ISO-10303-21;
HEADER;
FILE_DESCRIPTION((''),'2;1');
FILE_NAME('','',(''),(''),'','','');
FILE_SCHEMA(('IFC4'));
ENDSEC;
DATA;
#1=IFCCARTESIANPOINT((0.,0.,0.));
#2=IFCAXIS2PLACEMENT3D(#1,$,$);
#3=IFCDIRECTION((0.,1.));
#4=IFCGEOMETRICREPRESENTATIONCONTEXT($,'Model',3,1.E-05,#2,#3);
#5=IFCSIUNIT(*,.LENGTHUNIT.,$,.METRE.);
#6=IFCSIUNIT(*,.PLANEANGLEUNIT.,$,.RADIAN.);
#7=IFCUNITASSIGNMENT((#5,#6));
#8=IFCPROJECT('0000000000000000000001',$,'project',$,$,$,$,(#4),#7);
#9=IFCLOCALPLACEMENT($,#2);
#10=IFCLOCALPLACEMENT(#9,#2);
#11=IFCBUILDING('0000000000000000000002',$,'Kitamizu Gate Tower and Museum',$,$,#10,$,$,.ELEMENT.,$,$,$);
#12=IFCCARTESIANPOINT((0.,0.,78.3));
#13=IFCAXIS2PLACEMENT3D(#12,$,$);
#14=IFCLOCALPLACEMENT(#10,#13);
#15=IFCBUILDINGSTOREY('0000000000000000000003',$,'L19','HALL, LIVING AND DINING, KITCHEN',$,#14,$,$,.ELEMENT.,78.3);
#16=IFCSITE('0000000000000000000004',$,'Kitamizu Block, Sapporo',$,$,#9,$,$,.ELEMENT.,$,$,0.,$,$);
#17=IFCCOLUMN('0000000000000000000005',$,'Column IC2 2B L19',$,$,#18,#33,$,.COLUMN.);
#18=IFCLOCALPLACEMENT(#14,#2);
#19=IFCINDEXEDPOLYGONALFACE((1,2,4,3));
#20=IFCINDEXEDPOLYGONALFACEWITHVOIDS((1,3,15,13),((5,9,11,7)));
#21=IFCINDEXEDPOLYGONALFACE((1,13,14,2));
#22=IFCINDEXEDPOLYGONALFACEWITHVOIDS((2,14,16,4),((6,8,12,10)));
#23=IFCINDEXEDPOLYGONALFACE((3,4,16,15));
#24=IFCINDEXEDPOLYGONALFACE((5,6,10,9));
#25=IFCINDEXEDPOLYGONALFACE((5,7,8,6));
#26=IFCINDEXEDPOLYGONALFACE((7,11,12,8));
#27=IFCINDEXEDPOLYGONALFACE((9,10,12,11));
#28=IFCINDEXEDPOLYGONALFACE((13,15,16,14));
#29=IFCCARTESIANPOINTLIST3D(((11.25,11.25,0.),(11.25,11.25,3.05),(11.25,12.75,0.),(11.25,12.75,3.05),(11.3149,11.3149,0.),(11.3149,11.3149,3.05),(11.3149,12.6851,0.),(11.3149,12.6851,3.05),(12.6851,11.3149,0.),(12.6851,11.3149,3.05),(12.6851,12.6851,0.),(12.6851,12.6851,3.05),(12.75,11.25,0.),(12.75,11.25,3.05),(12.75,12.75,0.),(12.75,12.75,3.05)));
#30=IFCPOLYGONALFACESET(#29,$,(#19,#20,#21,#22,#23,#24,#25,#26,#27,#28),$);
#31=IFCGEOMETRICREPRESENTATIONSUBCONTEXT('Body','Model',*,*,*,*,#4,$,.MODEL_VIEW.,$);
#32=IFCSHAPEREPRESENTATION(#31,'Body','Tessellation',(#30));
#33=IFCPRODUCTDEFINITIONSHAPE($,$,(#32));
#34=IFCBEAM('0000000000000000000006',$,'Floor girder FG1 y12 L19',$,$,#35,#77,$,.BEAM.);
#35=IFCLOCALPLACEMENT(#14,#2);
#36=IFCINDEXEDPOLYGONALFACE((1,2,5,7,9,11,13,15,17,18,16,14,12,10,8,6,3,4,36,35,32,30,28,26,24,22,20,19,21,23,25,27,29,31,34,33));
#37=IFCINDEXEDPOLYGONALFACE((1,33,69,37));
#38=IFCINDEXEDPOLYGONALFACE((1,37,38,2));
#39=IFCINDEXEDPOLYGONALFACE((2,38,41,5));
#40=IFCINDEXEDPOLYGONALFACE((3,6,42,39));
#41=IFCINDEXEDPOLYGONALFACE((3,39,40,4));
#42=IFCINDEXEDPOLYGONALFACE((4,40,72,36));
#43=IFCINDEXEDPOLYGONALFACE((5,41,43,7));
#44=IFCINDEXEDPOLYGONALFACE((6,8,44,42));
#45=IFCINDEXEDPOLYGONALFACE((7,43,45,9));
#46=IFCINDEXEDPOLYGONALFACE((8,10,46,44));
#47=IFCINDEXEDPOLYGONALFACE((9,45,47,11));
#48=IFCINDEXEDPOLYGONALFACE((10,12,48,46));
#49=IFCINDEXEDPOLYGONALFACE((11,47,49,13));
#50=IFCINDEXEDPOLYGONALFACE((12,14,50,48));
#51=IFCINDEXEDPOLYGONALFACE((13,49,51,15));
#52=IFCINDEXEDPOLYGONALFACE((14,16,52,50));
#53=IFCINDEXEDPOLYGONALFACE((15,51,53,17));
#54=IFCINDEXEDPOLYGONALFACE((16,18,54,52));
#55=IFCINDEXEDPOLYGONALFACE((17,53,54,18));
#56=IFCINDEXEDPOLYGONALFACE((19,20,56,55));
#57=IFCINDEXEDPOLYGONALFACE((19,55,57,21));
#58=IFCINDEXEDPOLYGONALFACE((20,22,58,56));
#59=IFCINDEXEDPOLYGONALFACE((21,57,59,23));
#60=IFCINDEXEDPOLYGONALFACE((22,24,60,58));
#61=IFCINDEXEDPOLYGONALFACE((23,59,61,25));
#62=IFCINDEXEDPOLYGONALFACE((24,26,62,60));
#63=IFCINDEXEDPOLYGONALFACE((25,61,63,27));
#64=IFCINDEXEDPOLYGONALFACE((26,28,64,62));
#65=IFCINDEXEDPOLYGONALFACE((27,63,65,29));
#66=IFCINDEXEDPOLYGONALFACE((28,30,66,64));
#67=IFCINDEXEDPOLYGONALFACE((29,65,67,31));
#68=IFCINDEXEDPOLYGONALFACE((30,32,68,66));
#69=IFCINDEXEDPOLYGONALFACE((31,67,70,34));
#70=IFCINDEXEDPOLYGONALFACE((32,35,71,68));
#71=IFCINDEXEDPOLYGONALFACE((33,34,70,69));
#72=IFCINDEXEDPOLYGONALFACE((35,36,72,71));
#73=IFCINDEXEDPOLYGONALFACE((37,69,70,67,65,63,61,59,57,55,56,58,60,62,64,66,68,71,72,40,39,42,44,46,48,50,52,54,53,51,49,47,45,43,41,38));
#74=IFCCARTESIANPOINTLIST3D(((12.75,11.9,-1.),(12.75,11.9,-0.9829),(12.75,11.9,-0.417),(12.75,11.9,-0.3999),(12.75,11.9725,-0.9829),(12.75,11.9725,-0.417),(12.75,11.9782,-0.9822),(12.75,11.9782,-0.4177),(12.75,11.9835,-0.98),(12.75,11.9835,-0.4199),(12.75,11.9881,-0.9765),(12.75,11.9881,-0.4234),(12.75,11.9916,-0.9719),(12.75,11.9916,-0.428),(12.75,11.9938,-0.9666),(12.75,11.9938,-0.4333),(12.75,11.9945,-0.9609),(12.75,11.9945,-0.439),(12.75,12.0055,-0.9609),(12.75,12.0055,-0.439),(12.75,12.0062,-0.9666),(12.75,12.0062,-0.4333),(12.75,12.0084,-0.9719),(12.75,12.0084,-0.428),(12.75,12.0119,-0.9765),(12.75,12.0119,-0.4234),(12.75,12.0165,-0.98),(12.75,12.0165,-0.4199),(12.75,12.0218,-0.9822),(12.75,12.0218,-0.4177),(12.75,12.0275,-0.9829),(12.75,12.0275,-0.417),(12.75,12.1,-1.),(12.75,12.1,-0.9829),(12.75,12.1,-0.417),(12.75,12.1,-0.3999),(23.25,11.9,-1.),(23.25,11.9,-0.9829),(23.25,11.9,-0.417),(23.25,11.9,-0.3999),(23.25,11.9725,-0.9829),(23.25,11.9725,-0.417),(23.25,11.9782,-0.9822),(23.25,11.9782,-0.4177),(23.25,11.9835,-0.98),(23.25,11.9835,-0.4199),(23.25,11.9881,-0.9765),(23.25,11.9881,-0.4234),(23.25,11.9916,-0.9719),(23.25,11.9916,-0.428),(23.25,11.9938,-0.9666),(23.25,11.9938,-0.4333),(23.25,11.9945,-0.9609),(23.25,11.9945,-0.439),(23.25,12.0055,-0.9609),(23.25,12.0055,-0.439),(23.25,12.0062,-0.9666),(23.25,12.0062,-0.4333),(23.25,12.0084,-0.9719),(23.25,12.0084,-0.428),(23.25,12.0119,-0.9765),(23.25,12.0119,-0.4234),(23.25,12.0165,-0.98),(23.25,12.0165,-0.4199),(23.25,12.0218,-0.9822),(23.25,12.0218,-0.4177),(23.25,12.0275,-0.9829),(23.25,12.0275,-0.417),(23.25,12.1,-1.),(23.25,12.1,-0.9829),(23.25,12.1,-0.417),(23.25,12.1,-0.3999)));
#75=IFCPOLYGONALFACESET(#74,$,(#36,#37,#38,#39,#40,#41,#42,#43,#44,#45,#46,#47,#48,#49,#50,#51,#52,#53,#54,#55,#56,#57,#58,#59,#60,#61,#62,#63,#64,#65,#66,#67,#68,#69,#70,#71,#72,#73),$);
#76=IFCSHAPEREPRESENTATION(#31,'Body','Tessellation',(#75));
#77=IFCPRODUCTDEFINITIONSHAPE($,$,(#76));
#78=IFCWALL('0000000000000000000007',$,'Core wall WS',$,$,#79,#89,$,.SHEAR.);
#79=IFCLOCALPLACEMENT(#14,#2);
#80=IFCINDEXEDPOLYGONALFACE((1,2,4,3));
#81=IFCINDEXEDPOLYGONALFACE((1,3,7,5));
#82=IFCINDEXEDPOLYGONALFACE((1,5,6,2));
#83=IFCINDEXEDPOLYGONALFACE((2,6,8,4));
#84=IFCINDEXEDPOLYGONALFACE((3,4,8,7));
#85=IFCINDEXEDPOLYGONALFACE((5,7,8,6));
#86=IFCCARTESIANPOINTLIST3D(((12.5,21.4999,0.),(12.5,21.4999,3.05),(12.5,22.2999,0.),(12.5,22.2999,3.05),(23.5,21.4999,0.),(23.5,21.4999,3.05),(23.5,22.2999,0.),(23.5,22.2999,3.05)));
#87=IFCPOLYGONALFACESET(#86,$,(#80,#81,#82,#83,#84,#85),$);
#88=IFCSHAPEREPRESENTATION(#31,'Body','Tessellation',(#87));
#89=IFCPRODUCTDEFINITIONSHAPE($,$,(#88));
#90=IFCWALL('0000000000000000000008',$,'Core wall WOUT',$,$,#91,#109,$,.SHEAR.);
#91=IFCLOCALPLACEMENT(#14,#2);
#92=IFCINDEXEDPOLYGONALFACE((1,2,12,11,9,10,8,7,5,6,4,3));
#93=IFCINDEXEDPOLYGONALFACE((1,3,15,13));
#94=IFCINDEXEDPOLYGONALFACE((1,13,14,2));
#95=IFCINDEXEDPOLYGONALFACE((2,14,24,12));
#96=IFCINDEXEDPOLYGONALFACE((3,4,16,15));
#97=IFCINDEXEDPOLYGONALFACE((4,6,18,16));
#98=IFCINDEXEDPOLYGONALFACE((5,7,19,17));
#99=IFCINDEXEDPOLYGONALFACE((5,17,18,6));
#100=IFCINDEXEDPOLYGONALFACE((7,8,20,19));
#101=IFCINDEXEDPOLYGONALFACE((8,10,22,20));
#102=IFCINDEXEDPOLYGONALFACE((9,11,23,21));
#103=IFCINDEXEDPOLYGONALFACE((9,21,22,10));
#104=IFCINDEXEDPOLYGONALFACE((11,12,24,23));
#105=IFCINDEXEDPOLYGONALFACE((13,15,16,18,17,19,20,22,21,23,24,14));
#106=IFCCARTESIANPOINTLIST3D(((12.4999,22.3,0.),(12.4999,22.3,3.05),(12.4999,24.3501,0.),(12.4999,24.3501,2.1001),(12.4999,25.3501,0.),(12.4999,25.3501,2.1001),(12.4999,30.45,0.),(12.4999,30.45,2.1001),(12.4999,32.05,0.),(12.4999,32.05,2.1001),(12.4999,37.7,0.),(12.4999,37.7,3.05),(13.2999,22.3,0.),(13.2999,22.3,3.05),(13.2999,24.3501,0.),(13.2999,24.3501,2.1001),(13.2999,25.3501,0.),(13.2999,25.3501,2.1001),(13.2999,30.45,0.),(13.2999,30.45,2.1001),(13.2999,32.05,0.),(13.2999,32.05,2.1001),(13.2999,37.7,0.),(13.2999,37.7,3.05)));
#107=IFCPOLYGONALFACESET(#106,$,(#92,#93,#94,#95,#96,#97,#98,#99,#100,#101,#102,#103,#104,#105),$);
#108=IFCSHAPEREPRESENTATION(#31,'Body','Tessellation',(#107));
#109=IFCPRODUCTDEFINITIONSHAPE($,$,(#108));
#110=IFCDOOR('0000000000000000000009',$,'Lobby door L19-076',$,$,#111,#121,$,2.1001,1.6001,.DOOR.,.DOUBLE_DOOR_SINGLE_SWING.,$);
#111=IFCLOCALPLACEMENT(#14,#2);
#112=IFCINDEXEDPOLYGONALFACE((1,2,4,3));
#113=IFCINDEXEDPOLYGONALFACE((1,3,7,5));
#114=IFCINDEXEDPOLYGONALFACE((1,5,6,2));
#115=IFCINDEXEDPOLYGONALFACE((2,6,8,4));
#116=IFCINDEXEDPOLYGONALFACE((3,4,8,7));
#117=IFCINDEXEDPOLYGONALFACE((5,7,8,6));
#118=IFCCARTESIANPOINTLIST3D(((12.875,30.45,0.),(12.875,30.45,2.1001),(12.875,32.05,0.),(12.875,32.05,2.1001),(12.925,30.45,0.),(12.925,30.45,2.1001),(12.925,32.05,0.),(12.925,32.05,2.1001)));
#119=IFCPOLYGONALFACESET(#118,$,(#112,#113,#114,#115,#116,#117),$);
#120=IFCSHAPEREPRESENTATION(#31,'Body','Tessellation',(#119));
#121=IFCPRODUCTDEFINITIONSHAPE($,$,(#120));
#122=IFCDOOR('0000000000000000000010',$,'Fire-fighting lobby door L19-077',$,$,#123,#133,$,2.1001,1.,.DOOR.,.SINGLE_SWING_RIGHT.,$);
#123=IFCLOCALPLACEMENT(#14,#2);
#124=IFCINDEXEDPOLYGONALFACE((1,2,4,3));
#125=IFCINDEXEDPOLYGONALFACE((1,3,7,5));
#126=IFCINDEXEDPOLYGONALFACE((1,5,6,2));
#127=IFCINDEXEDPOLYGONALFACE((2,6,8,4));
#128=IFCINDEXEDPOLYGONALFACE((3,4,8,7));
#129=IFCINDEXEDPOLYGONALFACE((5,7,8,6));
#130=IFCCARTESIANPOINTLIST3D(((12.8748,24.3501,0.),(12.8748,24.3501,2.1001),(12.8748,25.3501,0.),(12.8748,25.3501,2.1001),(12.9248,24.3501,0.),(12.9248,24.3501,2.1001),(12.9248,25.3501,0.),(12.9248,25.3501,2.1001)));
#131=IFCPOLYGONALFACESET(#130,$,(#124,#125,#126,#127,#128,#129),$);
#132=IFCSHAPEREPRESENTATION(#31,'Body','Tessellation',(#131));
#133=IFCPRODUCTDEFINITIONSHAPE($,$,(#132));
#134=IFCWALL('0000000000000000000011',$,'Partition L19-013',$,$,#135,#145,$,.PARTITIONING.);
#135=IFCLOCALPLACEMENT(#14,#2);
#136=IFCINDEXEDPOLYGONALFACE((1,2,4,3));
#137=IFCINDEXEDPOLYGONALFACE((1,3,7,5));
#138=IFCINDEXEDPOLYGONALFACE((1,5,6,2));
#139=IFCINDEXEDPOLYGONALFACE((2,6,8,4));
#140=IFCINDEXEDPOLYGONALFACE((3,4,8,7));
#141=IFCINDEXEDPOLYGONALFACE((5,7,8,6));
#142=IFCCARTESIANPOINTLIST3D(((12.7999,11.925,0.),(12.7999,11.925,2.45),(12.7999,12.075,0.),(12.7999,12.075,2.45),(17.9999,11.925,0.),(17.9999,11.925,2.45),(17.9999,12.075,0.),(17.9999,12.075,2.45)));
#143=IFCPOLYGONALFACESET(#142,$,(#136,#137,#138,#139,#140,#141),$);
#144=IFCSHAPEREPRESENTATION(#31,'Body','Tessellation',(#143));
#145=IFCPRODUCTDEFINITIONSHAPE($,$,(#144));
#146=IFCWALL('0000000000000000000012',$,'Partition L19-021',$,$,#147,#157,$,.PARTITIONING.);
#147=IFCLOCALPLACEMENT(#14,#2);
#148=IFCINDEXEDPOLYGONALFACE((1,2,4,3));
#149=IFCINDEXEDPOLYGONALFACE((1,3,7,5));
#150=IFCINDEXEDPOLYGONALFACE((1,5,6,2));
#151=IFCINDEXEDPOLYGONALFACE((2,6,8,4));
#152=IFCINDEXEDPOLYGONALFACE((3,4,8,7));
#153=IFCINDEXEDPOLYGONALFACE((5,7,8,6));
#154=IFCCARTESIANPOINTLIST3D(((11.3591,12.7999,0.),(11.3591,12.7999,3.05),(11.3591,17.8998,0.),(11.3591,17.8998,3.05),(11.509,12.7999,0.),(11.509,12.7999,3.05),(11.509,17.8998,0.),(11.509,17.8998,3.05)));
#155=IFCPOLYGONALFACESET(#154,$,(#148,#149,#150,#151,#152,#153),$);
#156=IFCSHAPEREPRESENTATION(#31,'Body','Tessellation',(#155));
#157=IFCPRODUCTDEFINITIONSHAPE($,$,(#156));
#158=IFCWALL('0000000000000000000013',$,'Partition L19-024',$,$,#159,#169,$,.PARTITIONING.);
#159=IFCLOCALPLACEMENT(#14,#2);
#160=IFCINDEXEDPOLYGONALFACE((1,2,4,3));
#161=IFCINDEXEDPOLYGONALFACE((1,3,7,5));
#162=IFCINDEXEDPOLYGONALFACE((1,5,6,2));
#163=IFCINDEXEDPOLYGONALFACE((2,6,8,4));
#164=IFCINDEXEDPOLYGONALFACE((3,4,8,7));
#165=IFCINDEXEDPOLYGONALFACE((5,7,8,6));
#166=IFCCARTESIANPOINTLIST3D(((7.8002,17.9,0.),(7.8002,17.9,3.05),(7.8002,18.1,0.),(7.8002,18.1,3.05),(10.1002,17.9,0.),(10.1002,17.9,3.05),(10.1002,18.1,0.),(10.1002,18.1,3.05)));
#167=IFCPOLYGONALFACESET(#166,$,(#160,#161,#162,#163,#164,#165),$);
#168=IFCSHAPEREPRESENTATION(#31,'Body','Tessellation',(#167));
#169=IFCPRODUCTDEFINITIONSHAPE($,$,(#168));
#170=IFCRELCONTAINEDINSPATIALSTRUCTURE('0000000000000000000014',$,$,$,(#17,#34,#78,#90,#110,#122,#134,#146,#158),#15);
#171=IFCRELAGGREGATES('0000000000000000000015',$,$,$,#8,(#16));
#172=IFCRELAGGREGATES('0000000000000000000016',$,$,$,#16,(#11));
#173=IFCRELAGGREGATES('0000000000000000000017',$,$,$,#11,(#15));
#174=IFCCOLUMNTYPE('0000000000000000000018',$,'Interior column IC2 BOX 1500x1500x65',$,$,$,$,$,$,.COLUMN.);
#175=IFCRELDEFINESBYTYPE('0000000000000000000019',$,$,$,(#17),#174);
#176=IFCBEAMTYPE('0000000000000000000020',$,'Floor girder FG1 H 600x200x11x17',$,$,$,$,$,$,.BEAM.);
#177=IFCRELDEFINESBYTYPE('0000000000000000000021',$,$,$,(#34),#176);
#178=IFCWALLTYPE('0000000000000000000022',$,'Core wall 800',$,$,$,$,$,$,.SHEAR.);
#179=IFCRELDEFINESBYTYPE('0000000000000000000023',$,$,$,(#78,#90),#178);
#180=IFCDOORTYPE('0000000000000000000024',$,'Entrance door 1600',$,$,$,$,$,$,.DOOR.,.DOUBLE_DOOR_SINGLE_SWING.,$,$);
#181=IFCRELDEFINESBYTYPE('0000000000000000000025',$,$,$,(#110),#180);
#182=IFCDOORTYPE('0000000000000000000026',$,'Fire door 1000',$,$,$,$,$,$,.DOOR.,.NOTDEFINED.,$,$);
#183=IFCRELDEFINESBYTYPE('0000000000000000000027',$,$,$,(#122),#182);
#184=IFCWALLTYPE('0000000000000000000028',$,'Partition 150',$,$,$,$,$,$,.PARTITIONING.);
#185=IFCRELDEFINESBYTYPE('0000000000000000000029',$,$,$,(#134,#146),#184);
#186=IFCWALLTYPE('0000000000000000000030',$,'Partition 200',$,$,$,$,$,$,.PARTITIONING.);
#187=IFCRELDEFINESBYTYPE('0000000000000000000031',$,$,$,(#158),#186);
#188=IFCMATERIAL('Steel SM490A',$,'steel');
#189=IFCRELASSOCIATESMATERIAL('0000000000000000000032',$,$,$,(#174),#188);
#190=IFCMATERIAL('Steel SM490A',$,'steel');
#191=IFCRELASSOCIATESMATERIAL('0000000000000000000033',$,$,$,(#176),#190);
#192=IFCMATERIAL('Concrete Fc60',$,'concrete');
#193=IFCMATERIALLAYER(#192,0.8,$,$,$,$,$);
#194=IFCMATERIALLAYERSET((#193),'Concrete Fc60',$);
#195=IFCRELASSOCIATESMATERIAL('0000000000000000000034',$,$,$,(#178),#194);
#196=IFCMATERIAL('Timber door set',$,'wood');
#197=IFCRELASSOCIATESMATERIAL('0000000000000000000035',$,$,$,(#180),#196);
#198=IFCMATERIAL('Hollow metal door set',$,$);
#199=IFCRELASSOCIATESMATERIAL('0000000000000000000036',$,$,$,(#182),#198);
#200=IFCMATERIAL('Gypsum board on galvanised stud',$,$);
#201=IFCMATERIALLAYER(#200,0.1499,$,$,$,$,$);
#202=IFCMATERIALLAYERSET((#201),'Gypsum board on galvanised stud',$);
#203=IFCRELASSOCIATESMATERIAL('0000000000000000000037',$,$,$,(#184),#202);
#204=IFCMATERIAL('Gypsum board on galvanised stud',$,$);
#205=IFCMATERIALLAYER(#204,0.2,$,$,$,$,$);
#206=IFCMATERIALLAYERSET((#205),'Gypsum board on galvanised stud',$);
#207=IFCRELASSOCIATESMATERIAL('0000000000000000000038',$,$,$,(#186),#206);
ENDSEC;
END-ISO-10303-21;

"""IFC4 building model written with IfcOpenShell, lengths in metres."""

from ifc_helpers import new_model, si_unit, direction, frame, frame_2d, origin, origin_2d, place, context, subcontext, project, spatial, rectangle, hollow_rectangle, i_section, extrude, material, layer, layer_set, material_profile, profile_set, type_object, element, fill, save


model = new_model("IFC4")

# Units and contexts
model_context = context("Model", 3, precision=1e-05, world=origin(), true_north=direction((0.0, 1.0)))
body_context = subcontext(model_context, "Body", "Model", "MODEL_VIEW")
ifc_project = project(units=[si_unit("LENGTHUNIT", "METRE"), si_unit("PLANEANGLEUNIT", "RADIAN")], contexts=[model_context])

# Site, building, storey
site_placement = place(None, origin())
site = spatial("IfcSite", under=ifc_project, at=site_placement, Name="Kitamizu Block, Sapporo", CompositionType="ELEMENT", RefElevation=0.0)
building_placement = place(site_placement, origin())
building = spatial("IfcBuilding", under=site, at=building_placement, Name="Kitamizu Gate Tower and Museum", CompositionType="ELEMENT")
storey_placement = place(building_placement, frame((0.0, 0.0, 78.3)))
storey = spatial("IfcBuildingStorey", under=building, at=storey_placement, Name="L19", Description="HALL, LIVING AND DINING, KITCHEN", CompositionType="ELEMENT", Elevation=78.3)

# Column
ifc_material_1 = material(Name="Steel SM490A", Category="steel")
ifc_material_profile_1 = material_profile(ifc_material_1, hollow_rectangle(XDim=1.5, YDim=1.5, WallThickness=0.0649, at=origin_2d()), Name="BOX 1500x1500x65")
ifc_profile_set_1 = profile_set([ifc_material_profile_1], Name="Steel SM490A")
column_type = type_object("IfcColumnType", Name="Interior column IC2 BOX 1500x1500x65", PredefinedType="COLUMN", material=ifc_profile_set_1)
column_placement = place(storey_placement, frame((12.0, 12.0, 0.0), z_axis=(0.0, 0.0, 1.0), x_axis=(1.0, 0.0, 0.0)))
element("IfcColumn", 1, at=column_placement, inside=storey, type_object=column_type, Name="Column IC2 2B L19", PredefinedType="COLUMN", context=body_context, shape_type="SweptSolid", body=[
    extrude(hollow_rectangle(XDim=1.5, YDim=1.5, WallThickness=0.0649, at=origin_2d()), origin(), (0.0, 0.0, 1.0), 3.05),
])

# Beam
ifc_material_2 = material(Name="Steel SM490A", Category="steel")
ifc_material_profile_2 = material_profile(ifc_material_2, i_section(OverallWidth=0.2, OverallDepth=0.6001, WebThickness=0.011, FlangeThickness=0.0171, FilletRadius=0.022, at=origin_2d()), Name="H-600x200x11x17")
ifc_profile_set_2 = profile_set([ifc_material_profile_2], Name="Steel SM490A")
beam_type = type_object("IfcBeamType", Name="Floor girder FG1 H 600x200x11x17", PredefinedType="BEAM", material=ifc_profile_set_2)
beam_placement = place(storey_placement, frame((12.75, 12.0, -0.7), z_axis=(1.0, 0.0, 0.0), x_axis=(0.0, 1.0, 0.0)))
element("IfcBeam", 2, at=beam_placement, inside=storey, type_object=beam_type, Name="Floor girder FG1 y12 L19", PredefinedType="BEAM", context=body_context, shape_type="SweptSolid", body=[
    extrude(i_section(OverallWidth=0.2, OverallDepth=0.6001, WebThickness=0.011, FlangeThickness=0.0171, FilletRadius=0.022, at=origin_2d()), origin(), (0.0, 0.0, 1.0), 10.5),
])

# Wall
ifc_material_3 = material(Name="Concrete Fc60", Category="concrete")
ifc_layer_1 = layer(ifc_material_3, 0.8)
ifc_layer_set_1 = layer_set([ifc_layer_1], Name="Concrete Fc60")
wall_type_1 = type_object("IfcWallType", Name="Core wall 800", PredefinedType="SHEAR", material=ifc_layer_set_1)
wall_1_placement = place(storey_placement, frame((12.5, 21.8999, 0.0), z_axis=(0.0, 0.0, 1.0), x_axis=(1.0, 0.0, 0.0)))
element("IfcWall", 3, at=wall_1_placement, inside=storey, type_object=wall_type_1, Name="Core wall WS", PredefinedType="SHEAR", context=body_context, shape_type="SweptSolid", body=[
    extrude(rectangle(XDim=11.0, YDim=0.8, at=frame_2d((5.5, 0.0))), origin(), (0.0, 0.0, 1.0), 3.05),
])

# Wall, openings, doors
wall_2_placement = place(storey_placement, frame((12.8999, 22.3, 0.0), z_axis=(0.0, 0.0, 1.0), x_axis=(0.0, 1.0, 0.0)))
wall_2 = element("IfcWall", 4, at=wall_2_placement, inside=storey, type_object=wall_type_1, Name="Core wall WOUT", PredefinedType="SHEAR", context=body_context, shape_type="SweptSolid", body=[
    extrude(rectangle(XDim=15.3999, YDim=0.8, at=frame_2d((7.7, 0.0))), origin(), (0.0, 0.0, 1.0), 3.05),
])
opening_1_placement = place(wall_2_placement, frame((8.1499, 0.0, 0.0)))
opening_1 = element("IfcOpeningElement", 5, at=opening_1_placement, cuts=wall_2, PredefinedType="OPENING", context=body_context, shape_type="SweptSolid", body=[
    extrude(rectangle(XDim=1.6001, YDim=2.1001, at=frame_2d((0.8, 1.05))), frame((0.0, 0.4102, 0.0), z_axis=(0.0, -1.0, 0.0), x_axis=(1.0, 0.0, 0.0)), (0.0, 0.0, 1.0), 0.8201),
])
opening_2_placement = place(wall_2_placement, frame((2.05, 0.0, 0.0)))
opening_2 = element("IfcOpeningElement", 6, at=opening_2_placement, cuts=wall_2, PredefinedType="OPENING", context=body_context, shape_type="SweptSolid", body=[
    extrude(rectangle(XDim=1.0, YDim=2.1001, at=frame_2d((0.5, 1.05))), frame((0.0, 0.4102, 0.0), z_axis=(0.0, -1.0, 0.0), x_axis=(1.0, 0.0, 0.0)), (0.0, 0.0, 1.0), 0.8201),
])
ifc_material_4 = material(Name="Timber door set", Category="wood")
door_type_1 = type_object("IfcDoorType", Name="Entrance door 1600", OperationType="DOUBLE_DOOR_SINGLE_SWING", PredefinedType="DOOR", material=ifc_material_4)
door_1_placement = place(opening_1_placement, origin())
door_1 = element("IfcDoor", 7, at=door_1_placement, inside=storey, type_object=door_type_1, Name="Lobby door L19-076", OperationType="DOUBLE_DOOR_SINGLE_SWING", OverallHeight=2.1001, OverallWidth=1.6001, PredefinedType="DOOR", context=body_context, shape_type="SweptSolid", body=[
    extrude(rectangle(XDim=1.6001, YDim=2.1001, at=frame_2d((0.8, 1.05))), frame((0.0, 0.0249, 0.0), z_axis=(0.0, -1.0, 0.0), x_axis=(1.0, 0.0, 0.0)), (0.0, 0.0, 1.0), 0.05),
])
fill(opening_1, door_1)
ifc_material_5 = material(Name="Hollow metal door set")
door_type_2 = type_object("IfcDoorType", Name="Fire door 1000", OperationType="NOTDEFINED", PredefinedType="DOOR", material=ifc_material_5)
door_2_placement = place(opening_2_placement, frame((1.0, 0.0, 0.0), x_axis=(-1.0, 0.0, 0.0)))
door_2 = element("IfcDoor", 8, at=door_2_placement, inside=storey, type_object=door_type_2, Name="Fire-fighting lobby door L19-077", OperationType="SINGLE_SWING_RIGHT", OverallHeight=2.1001, OverallWidth=1.0, PredefinedType="DOOR", context=body_context, shape_type="SweptSolid", body=[
    extrude(rectangle(XDim=1.0, YDim=2.1001, at=frame_2d((0.5, 1.05))), frame((0.0, 0.0249, 0.0), z_axis=(0.0, -1.0, 0.0), x_axis=(1.0, 0.0, 0.0)), (0.0, 0.0, 1.0), 0.05),
])
fill(opening_2, door_2)

# Walls
ifc_material_6 = material(Name="Gypsum board on galvanised stud")
ifc_layer_2 = layer(ifc_material_6, 0.1499)
ifc_layer_set_2 = layer_set([ifc_layer_2], Name="Gypsum board on galvanised stud")
wall_type_2 = type_object("IfcWallType", Name="Partition 150", PredefinedType="PARTITIONING", material=ifc_layer_set_2)
wall_3_placement = place(storey_placement, frame((18.0, 12.0, 0.0), z_axis=(0.0, 0.0, 1.0), x_axis=(-1.0, 0.0, 0.0)))
element("IfcWall", 9, at=wall_3_placement, inside=storey, type_object=wall_type_2, Name="Partition L19-013", PredefinedType="PARTITIONING", context=body_context, shape_type="SweptSolid", body=[
    extrude(rectangle(XDim=5.2, YDim=0.1499, at=frame_2d((2.6001, 0.0))), origin(), (0.0, 0.0, 1.0), 2.45),
])
wall_4_placement = place(storey_placement, frame((11.4341, 12.8, 0.0), z_axis=(0.0, 0.0, 1.0), x_axis=(0.0, 1.0, 0.0)))
element("IfcWall", 10, at=wall_4_placement, inside=storey, type_object=wall_type_2, Name="Partition L19-021", PredefinedType="PARTITIONING", context=body_context, shape_type="SweptSolid", body=[
    extrude(rectangle(XDim=5.0999, YDim=0.1499, at=frame_2d((2.5498, 0.0))), origin(), (0.0, 0.0, 1.0), 3.05),
])
ifc_material_7 = material(Name="Gypsum board on galvanised stud")
ifc_layer_3 = layer(ifc_material_7, 0.2)
ifc_layer_set_3 = layer_set([ifc_layer_3], Name="Gypsum board on galvanised stud")
wall_type_3 = type_object("IfcWallType", Name="Partition 200", PredefinedType="PARTITIONING", material=ifc_layer_set_3)
wall_5_placement = place(storey_placement, frame((10.1001, 18.0, 0.0), z_axis=(0.0, 0.0, 1.0), x_axis=(-1.0, 0.0, 0.0)))
element("IfcWall", 11, at=wall_5_placement, inside=storey, type_object=wall_type_3, Name="Partition L19-024", PredefinedType="PARTITIONING", context=body_context, shape_type="SweptSolid", body=[
    extrude(rectangle(XDim=2.3, YDim=0.2, at=frame_2d((1.1499, 0.0))), origin(), (0.0, 0.0, 1.0), 3.05),
])

save(model, "model.ifc")
